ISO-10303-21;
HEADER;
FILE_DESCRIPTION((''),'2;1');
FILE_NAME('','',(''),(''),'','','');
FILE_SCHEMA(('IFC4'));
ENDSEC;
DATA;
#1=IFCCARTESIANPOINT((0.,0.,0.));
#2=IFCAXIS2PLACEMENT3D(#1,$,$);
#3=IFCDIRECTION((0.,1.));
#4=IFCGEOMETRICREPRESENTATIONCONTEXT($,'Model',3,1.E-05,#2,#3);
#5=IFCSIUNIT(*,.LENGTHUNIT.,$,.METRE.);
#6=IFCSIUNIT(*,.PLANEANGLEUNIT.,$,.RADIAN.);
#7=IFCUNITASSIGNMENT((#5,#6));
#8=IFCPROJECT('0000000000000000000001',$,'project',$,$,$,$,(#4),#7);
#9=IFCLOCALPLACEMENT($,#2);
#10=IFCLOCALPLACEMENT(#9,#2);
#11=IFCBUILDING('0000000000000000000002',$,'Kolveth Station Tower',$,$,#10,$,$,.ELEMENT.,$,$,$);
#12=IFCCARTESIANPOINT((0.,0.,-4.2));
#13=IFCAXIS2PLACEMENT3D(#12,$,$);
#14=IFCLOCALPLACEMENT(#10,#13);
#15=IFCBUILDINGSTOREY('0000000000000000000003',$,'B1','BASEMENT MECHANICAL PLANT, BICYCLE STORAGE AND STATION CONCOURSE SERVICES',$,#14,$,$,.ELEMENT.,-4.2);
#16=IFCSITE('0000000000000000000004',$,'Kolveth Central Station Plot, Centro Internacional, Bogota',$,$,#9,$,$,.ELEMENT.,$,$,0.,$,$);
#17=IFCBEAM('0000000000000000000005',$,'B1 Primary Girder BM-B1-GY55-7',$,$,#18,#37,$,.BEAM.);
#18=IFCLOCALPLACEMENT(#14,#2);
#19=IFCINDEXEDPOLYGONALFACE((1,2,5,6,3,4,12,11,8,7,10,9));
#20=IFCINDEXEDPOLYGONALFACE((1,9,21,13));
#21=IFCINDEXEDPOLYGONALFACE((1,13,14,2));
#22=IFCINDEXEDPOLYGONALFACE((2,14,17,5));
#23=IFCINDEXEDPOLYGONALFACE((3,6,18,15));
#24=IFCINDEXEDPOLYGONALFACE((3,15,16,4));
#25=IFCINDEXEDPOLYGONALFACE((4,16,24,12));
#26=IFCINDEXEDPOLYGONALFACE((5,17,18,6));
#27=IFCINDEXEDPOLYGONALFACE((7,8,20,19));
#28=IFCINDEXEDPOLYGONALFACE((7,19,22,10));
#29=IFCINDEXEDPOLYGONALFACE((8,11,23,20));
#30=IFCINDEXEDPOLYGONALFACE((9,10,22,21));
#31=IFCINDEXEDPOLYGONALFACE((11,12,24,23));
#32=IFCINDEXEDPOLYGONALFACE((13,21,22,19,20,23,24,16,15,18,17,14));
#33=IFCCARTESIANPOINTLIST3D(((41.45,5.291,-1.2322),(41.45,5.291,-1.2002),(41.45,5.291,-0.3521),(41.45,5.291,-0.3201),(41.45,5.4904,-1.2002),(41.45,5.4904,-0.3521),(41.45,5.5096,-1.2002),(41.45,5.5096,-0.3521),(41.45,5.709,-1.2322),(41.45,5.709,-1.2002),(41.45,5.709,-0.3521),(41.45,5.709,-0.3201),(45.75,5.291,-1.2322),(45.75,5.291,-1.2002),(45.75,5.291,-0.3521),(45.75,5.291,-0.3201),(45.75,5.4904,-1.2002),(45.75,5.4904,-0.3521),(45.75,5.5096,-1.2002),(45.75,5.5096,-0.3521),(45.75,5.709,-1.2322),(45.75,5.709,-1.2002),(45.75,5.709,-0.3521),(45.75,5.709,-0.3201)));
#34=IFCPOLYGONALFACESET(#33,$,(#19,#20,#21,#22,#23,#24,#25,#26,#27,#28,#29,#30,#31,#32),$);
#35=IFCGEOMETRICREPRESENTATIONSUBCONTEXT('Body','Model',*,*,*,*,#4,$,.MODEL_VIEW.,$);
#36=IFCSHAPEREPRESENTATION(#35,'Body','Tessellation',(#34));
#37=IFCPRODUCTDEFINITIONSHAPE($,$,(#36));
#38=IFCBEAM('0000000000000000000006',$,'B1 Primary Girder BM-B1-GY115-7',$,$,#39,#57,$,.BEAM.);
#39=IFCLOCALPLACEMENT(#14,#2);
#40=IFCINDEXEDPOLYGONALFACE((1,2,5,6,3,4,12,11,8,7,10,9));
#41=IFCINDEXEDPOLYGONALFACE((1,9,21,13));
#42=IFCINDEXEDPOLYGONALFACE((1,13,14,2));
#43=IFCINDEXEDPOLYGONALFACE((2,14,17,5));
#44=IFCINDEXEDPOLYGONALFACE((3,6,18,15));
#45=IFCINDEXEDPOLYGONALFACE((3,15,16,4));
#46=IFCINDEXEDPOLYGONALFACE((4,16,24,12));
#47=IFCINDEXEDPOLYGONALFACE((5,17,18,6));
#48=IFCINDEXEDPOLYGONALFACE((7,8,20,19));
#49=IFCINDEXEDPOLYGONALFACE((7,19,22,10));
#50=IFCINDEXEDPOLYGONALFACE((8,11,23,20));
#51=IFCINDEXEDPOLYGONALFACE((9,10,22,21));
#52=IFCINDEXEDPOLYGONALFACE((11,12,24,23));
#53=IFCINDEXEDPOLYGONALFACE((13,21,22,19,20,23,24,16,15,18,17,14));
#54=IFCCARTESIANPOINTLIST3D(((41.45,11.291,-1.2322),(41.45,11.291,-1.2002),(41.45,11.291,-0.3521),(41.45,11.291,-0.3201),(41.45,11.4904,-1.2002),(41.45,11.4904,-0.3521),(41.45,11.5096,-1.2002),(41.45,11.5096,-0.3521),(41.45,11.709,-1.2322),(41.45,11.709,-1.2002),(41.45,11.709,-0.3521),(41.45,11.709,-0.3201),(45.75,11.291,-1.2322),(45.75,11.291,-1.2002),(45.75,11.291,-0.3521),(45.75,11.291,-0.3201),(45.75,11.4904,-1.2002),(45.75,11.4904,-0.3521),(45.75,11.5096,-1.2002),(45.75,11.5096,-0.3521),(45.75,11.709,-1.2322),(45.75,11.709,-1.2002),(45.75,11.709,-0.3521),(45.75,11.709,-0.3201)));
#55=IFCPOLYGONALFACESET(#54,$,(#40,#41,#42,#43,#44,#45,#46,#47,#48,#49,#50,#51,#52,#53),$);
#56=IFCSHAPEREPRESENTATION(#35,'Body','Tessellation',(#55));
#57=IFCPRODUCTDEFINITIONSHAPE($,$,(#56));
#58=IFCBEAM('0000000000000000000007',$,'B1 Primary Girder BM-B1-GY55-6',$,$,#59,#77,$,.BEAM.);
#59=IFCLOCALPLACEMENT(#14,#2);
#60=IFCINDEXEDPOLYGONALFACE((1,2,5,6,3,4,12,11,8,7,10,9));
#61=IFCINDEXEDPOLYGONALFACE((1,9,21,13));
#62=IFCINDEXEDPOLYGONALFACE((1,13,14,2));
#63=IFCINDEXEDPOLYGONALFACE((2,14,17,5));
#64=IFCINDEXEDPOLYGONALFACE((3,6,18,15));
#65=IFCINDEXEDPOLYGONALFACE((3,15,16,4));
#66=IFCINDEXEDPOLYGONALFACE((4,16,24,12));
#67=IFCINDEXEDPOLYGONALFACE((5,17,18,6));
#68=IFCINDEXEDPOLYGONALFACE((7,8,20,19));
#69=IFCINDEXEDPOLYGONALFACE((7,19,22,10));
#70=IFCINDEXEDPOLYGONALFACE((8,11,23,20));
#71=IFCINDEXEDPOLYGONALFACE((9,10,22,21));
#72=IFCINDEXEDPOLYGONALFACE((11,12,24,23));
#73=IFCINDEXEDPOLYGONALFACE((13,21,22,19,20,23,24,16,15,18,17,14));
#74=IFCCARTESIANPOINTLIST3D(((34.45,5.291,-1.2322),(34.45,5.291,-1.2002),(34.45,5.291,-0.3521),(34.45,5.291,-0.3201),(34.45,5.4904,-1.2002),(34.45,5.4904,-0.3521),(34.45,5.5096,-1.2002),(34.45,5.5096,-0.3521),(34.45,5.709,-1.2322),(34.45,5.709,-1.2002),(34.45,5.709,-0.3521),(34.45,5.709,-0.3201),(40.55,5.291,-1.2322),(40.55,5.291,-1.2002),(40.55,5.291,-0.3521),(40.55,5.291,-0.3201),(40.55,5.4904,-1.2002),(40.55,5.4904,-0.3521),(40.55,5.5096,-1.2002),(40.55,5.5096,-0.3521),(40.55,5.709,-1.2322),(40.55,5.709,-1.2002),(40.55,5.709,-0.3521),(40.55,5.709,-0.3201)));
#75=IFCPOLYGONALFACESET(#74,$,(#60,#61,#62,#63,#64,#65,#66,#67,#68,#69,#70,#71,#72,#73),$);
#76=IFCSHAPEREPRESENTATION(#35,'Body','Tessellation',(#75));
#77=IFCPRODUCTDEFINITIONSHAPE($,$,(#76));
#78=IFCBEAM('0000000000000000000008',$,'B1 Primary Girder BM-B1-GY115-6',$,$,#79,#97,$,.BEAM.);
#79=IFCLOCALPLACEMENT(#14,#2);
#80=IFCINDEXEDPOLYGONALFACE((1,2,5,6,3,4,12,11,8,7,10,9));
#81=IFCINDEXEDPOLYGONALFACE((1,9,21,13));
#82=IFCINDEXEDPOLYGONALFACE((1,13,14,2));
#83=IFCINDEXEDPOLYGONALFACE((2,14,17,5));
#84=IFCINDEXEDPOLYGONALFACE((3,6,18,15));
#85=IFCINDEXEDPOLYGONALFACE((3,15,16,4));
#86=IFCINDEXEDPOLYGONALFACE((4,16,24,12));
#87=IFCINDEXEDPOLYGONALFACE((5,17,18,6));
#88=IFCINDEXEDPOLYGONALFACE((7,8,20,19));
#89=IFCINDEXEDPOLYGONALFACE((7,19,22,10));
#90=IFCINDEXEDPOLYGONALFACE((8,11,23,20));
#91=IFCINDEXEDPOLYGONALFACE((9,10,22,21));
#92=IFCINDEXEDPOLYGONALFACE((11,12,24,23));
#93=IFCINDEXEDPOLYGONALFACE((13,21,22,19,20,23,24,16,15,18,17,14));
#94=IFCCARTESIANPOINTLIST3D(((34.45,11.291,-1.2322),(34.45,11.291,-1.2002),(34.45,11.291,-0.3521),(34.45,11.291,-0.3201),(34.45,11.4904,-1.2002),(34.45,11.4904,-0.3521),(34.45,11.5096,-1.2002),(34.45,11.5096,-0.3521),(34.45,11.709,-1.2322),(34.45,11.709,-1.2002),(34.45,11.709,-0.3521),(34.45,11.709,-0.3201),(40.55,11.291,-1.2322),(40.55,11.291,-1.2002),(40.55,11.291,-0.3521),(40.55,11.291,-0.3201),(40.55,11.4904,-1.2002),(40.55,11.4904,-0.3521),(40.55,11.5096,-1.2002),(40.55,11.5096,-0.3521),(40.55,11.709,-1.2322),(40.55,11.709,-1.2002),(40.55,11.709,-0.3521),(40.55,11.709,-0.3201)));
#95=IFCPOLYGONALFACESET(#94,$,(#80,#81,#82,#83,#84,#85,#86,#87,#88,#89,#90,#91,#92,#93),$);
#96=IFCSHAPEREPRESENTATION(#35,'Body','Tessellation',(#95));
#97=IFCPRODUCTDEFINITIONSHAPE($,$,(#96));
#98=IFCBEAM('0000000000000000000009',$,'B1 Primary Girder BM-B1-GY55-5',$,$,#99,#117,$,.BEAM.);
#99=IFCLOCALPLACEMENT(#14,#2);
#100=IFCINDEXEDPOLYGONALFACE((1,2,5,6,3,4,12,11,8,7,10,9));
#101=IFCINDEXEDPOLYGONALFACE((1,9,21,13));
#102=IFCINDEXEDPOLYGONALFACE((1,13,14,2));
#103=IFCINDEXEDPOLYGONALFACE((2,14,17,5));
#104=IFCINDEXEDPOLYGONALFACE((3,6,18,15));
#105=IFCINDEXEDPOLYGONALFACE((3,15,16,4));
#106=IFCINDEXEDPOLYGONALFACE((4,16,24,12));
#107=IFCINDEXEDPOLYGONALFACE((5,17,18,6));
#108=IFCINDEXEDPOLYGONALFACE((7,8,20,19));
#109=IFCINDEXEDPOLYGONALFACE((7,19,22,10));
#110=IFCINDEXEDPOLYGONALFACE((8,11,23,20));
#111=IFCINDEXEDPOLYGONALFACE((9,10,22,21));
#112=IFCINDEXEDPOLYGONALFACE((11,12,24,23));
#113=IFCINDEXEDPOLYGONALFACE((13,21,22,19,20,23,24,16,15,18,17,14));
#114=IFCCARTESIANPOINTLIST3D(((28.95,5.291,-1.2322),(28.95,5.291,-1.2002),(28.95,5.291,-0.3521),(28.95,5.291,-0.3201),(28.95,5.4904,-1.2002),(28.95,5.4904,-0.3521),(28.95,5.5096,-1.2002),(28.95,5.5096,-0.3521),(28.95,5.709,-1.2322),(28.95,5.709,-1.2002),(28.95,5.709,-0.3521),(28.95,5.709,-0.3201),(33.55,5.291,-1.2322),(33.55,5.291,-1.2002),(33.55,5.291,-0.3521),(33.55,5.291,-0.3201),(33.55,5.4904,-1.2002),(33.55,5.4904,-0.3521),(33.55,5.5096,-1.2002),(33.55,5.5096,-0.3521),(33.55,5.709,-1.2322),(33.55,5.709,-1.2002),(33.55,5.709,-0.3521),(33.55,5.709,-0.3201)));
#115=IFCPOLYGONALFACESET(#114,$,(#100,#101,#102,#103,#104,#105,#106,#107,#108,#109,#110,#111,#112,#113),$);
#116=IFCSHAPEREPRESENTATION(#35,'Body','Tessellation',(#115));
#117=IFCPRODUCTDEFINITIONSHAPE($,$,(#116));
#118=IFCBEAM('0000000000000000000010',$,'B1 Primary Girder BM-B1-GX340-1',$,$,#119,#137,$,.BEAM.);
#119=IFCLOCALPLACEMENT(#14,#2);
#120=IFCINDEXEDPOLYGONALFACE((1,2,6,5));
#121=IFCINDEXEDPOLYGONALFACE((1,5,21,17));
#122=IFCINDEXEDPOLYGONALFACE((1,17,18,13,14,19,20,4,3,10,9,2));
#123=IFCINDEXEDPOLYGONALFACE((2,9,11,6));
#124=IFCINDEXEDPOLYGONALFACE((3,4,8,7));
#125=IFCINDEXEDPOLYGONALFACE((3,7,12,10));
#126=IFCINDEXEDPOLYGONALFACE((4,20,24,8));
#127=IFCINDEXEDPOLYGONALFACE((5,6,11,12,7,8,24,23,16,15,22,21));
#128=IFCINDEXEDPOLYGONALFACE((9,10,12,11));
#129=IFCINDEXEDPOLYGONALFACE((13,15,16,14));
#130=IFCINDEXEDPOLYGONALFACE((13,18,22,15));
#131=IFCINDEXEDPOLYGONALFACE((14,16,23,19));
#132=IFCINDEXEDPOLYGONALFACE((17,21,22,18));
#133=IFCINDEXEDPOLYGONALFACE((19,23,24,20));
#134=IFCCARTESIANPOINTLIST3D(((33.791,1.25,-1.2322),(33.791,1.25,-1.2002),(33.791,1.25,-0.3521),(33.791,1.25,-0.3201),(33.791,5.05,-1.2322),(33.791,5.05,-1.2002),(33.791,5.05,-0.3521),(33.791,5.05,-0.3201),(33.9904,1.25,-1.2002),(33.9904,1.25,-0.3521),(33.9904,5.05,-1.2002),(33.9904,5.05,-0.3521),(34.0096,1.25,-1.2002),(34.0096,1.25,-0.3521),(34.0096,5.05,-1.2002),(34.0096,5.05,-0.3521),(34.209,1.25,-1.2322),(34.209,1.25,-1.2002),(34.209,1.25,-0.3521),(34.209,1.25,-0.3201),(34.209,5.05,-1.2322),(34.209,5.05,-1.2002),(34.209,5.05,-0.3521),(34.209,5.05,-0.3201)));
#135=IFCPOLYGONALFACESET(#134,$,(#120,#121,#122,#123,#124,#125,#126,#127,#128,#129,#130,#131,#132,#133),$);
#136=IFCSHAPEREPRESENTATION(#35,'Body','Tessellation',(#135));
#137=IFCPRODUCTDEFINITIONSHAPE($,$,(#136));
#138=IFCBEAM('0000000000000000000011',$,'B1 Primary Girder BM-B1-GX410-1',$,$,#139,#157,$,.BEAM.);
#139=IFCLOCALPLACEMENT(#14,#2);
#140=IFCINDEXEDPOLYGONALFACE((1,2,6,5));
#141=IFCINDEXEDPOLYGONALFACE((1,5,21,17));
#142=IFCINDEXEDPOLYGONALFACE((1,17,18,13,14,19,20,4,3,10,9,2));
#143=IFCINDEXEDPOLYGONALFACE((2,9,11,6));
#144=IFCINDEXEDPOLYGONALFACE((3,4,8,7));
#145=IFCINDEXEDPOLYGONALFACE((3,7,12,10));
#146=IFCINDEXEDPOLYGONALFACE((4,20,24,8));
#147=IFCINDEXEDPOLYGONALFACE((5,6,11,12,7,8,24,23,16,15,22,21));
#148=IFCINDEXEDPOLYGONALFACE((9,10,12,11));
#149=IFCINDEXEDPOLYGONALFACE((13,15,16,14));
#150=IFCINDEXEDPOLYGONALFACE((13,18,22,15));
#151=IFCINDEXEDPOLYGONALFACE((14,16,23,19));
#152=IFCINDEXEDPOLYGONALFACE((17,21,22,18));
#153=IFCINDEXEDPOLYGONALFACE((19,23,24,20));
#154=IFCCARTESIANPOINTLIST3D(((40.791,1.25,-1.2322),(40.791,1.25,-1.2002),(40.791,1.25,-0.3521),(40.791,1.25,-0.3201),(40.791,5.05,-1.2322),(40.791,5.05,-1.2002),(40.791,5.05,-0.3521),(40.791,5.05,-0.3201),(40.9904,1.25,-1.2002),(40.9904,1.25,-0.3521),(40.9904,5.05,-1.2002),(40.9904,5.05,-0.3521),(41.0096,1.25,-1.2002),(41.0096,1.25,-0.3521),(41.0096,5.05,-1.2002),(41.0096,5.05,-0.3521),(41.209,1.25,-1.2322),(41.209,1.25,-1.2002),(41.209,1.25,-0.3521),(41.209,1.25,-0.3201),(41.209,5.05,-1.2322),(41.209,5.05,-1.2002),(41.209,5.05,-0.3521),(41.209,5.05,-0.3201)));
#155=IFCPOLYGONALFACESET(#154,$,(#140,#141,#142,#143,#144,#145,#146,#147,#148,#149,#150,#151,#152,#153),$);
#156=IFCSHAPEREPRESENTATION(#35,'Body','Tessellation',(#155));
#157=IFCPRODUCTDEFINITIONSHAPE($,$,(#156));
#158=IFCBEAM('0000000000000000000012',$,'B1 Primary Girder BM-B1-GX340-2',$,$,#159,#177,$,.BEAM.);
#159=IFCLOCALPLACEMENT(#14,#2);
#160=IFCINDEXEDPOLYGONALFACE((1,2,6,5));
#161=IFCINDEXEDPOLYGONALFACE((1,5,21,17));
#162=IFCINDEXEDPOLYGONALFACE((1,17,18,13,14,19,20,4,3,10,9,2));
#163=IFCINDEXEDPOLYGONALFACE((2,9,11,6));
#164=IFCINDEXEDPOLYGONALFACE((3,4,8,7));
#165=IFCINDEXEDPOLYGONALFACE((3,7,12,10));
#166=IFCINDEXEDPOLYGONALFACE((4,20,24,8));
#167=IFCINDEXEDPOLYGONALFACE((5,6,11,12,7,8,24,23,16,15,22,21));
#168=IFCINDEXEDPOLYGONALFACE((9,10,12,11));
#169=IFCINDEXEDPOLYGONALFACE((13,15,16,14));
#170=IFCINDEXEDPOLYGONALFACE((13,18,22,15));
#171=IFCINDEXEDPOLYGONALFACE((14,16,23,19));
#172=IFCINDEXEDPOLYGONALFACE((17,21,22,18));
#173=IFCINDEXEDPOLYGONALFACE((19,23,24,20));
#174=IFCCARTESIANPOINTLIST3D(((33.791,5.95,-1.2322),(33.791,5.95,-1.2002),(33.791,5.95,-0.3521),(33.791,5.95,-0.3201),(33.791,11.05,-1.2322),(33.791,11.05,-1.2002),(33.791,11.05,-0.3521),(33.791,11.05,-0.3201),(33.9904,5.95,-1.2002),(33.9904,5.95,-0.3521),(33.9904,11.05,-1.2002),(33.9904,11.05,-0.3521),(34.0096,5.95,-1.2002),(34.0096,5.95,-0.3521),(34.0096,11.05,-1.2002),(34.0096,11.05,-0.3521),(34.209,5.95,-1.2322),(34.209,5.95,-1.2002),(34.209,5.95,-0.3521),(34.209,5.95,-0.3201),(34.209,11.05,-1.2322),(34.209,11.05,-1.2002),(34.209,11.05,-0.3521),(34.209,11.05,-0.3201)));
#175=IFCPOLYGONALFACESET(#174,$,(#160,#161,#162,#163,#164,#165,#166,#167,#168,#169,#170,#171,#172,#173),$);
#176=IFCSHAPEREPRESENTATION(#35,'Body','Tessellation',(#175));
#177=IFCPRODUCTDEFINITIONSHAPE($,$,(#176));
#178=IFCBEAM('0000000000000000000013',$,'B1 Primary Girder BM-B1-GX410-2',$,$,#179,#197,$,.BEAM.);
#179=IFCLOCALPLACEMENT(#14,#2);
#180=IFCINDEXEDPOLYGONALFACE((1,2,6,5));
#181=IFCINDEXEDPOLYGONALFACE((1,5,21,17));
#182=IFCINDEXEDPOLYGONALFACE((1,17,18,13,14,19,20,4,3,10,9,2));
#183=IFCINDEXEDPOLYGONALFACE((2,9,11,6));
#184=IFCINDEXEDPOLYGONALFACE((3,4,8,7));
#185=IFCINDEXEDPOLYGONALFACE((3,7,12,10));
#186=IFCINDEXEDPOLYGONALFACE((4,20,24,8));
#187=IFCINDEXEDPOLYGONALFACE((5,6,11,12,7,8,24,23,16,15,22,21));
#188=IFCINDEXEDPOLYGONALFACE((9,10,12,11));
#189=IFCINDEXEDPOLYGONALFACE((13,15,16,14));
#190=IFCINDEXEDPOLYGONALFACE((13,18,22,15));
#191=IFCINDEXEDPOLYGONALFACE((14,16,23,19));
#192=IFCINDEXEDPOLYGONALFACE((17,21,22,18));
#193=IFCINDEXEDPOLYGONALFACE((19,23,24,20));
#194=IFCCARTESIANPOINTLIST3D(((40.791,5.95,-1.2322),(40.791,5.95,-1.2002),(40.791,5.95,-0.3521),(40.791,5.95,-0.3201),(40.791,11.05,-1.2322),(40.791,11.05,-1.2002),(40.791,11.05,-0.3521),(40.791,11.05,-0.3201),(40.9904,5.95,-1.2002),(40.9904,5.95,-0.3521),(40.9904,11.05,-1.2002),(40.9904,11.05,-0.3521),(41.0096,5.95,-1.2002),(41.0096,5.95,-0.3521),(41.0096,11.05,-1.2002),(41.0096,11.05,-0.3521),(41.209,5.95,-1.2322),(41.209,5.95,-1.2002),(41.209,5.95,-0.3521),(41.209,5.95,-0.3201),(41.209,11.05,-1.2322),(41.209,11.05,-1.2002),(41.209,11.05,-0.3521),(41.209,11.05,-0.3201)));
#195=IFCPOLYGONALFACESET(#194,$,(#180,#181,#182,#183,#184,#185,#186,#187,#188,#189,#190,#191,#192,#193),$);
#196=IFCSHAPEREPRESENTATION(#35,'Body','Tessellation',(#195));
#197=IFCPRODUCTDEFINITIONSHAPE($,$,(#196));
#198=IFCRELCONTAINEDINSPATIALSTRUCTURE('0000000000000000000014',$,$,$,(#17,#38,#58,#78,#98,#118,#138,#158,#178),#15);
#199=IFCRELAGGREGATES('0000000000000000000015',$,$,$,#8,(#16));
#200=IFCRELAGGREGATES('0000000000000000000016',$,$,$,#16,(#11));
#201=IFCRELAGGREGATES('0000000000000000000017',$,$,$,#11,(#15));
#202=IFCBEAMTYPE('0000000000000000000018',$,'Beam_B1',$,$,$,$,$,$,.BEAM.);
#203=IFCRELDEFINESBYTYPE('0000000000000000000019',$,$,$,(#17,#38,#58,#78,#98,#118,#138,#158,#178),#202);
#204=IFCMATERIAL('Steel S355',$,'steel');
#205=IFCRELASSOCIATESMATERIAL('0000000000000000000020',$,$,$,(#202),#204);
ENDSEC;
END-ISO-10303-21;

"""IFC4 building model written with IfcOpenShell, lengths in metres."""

from ifc_helpers import new_model, si_unit, direction, frame, origin, origin_2d, place, context, subcontext, project, spatial, i_section, extrude, source, transform, mapped, material, material_profile, profile_set, type_object, element, save


model = new_model("IFC4")

# Units and contexts
model_context = context("Model", 3, precision=1e-05, world=origin(), true_north=direction((0.0, 1.0)))
body_context = subcontext(model_context, "Body", "Model", "MODEL_VIEW")
ifc_project = project(units=[si_unit("LENGTHUNIT", "METRE"), si_unit("PLANEANGLEUNIT", "RADIAN")], contexts=[model_context])

# Site, building, storey
site_placement = place(None, origin())
site = spatial("IfcSite", under=ifc_project, at=site_placement, Name="Kolveth Central Station Plot, Centro Internacional, Bogota", CompositionType="ELEMENT", RefElevation=0.0)
building_placement = place(site_placement, origin())
building = spatial("IfcBuilding", under=site, at=building_placement, Name="Kolveth Station Tower", CompositionType="ELEMENT")
storey_placement = place(building_placement, frame((0.0, 0.0, -4.2)))
storey = spatial("IfcBuildingStorey", under=building, at=storey_placement, Name="B1", Description="BASEMENT MECHANICAL PLANT, BICYCLE STORAGE AND STATION CONCOURSE SERVICES", CompositionType="ELEMENT", Elevation=-4.2)

# Beams
ifc_material_1 = material(Name="Steel S355", Category="steel")
ifc_material_profile_1 = material_profile(ifc_material_1, i_section(OverallWidth=0.418, OverallDepth=0.9121, WebThickness=0.0193, FlangeThickness=0.032, at=origin_2d()), Name="W920x342")
ifc_profile_set_1 = profile_set([ifc_material_profile_1], Name="Steel S355")
beam_type_1 = type_object("IfcBeamType", Name="Beam_B1", PredefinedType="BEAM", material=ifc_profile_set_1)
shared_shape_1 = source(origin(), body_context, "Body", "SweptSolid", [
    extrude(i_section(OverallWidth=0.418, OverallDepth=0.9121, WebThickness=0.0193, FlangeThickness=0.032, at=origin_2d()), origin(), (0.0, 0.0, 1.0), 4.3),
])
for number, where, z_axis, x_axis, name in (
    (1, (41.45, 5.5, -0.7761), (1.0, 0.0, 0.0), (0.0, 1.0, 0.0), "B1 Primary Girder BM-B1-GY55-7"),
    (2, (41.45, 11.5, -0.7761), (1.0, 0.0, 0.0), (0.0, 1.0, 0.0), "B1 Primary Girder BM-B1-GY115-7"),
):
    element("IfcBeam", number, at=place(storey_placement, frame(where, z_axis=z_axis, x_axis=x_axis)), inside=storey, type_object=beam_type_1, Name=name, PredefinedType="BEAM", context=body_context, shape_type="MappedRepresentation", body=[
        mapped(shared_shape_1, transform((0.0, 0.0, 0.0), x_axis=(1.0, 0.0, 0.0), y_axis=(0.0, 1.0, 0.0), z_axis=(0.0, 0.0, 1.0), scale=1.0)),
    ])
shared_shape_2 = source(origin(), body_context, "Body", "SweptSolid", [
    extrude(i_section(OverallWidth=0.418, OverallDepth=0.9121, WebThickness=0.0193, FlangeThickness=0.032, at=origin_2d()), origin(), (0.0, 0.0, 1.0), 6.1001),
])
for number, where, z_axis, x_axis, name in (
    (3, (34.45, 5.5, -0.7761), (1.0, 0.0, 0.0), (0.0, 1.0, 0.0), "B1 Primary Girder BM-B1-GY55-6"),
    (4, (34.45, 11.5, -0.7761), (1.0, 0.0, 0.0), (0.0, 1.0, 0.0), "B1 Primary Girder BM-B1-GY115-6"),
):
    element("IfcBeam", number, at=place(storey_placement, frame(where, z_axis=z_axis, x_axis=x_axis)), inside=storey, type_object=beam_type_1, Name=name, PredefinedType="BEAM", context=body_context, shape_type="MappedRepresentation", body=[
        mapped(shared_shape_2, transform((0.0, 0.0, 0.0), x_axis=(1.0, 0.0, 0.0), y_axis=(0.0, 1.0, 0.0), z_axis=(0.0, 0.0, 1.0), scale=1.0)),
    ])
shared_shape_3 = source(origin(), body_context, "Body", "SweptSolid", [
    extrude(i_section(OverallWidth=0.418, OverallDepth=0.9121, WebThickness=0.0193, FlangeThickness=0.032, at=origin_2d()), origin(), (0.0, 0.0, 1.0), 4.6001),
])
beam_1_placement = place(storey_placement, frame((28.95, 5.5, -0.7761), z_axis=(1.0, 0.0, 0.0), x_axis=(0.0, 1.0, 0.0)))
element("IfcBeam", 5, at=beam_1_placement, inside=storey, type_object=beam_type_1, Name="B1 Primary Girder BM-B1-GY55-5", PredefinedType="BEAM", context=body_context, shape_type="MappedRepresentation", body=[
    mapped(shared_shape_3, transform((0.0, 0.0, 0.0), x_axis=(1.0, 0.0, 0.0), y_axis=(0.0, 1.0, 0.0), z_axis=(0.0, 0.0, 1.0), scale=1.0)),
])
shared_shape_4 = source(origin(), body_context, "Body", "SweptSolid", [
    extrude(i_section(OverallWidth=0.418, OverallDepth=0.9121, WebThickness=0.0193, FlangeThickness=0.032, at=origin_2d()), origin(), (0.0, 0.0, 1.0), 3.8),
])
for number, where, z_axis, x_axis, name in (
    (6, (34.0, 1.25, -0.7761), (0.0, 1.0, 0.0), (-1.0, 0.0, 0.0), "B1 Primary Girder BM-B1-GX340-1"),
    (7, (41.0, 1.25, -0.7761), (0.0, 1.0, 0.0), (-1.0, 0.0, 0.0), "B1 Primary Girder BM-B1-GX410-1"),
):
    element("IfcBeam", number, at=place(storey_placement, frame(where, z_axis=z_axis, x_axis=x_axis)), inside=storey, type_object=beam_type_1, Name=name, PredefinedType="BEAM", context=body_context, shape_type="MappedRepresentation", body=[
        mapped(shared_shape_4, transform((0.0, 0.0, 0.0), x_axis=(1.0, 0.0, 0.0), y_axis=(0.0, 1.0, 0.0), z_axis=(0.0, 0.0, 1.0), scale=1.0)),
    ])
shared_shape_5 = source(origin(), body_context, "Body", "SweptSolid", [
    extrude(i_section(OverallWidth=0.418, OverallDepth=0.9121, WebThickness=0.0193, FlangeThickness=0.032, at=origin_2d()), origin(), (0.0, 0.0, 1.0), 5.1001),
])
for number, where, z_axis, x_axis, name in (
    (8, (34.0, 5.95, -0.7761), (0.0, 1.0, 0.0), (-1.0, 0.0, 0.0), "B1 Primary Girder BM-B1-GX340-2"),
    (9, (41.0, 5.95, -0.7761), (0.0, 1.0, 0.0), (-1.0, 0.0, 0.0), "B1 Primary Girder BM-B1-GX410-2"),
):
    element("IfcBeam", number, at=place(storey_placement, frame(where, z_axis=z_axis, x_axis=x_axis)), inside=storey, type_object=beam_type_1, Name=name, PredefinedType="BEAM", context=body_context, shape_type="MappedRepresentation", body=[
        mapped(shared_shape_5, transform((0.0, 0.0, 0.0), x_axis=(1.0, 0.0, 0.0), y_axis=(0.0, 1.0, 0.0), z_axis=(0.0, 0.0, 1.0), scale=1.0)),
    ])

save(model, "model.ifc")
